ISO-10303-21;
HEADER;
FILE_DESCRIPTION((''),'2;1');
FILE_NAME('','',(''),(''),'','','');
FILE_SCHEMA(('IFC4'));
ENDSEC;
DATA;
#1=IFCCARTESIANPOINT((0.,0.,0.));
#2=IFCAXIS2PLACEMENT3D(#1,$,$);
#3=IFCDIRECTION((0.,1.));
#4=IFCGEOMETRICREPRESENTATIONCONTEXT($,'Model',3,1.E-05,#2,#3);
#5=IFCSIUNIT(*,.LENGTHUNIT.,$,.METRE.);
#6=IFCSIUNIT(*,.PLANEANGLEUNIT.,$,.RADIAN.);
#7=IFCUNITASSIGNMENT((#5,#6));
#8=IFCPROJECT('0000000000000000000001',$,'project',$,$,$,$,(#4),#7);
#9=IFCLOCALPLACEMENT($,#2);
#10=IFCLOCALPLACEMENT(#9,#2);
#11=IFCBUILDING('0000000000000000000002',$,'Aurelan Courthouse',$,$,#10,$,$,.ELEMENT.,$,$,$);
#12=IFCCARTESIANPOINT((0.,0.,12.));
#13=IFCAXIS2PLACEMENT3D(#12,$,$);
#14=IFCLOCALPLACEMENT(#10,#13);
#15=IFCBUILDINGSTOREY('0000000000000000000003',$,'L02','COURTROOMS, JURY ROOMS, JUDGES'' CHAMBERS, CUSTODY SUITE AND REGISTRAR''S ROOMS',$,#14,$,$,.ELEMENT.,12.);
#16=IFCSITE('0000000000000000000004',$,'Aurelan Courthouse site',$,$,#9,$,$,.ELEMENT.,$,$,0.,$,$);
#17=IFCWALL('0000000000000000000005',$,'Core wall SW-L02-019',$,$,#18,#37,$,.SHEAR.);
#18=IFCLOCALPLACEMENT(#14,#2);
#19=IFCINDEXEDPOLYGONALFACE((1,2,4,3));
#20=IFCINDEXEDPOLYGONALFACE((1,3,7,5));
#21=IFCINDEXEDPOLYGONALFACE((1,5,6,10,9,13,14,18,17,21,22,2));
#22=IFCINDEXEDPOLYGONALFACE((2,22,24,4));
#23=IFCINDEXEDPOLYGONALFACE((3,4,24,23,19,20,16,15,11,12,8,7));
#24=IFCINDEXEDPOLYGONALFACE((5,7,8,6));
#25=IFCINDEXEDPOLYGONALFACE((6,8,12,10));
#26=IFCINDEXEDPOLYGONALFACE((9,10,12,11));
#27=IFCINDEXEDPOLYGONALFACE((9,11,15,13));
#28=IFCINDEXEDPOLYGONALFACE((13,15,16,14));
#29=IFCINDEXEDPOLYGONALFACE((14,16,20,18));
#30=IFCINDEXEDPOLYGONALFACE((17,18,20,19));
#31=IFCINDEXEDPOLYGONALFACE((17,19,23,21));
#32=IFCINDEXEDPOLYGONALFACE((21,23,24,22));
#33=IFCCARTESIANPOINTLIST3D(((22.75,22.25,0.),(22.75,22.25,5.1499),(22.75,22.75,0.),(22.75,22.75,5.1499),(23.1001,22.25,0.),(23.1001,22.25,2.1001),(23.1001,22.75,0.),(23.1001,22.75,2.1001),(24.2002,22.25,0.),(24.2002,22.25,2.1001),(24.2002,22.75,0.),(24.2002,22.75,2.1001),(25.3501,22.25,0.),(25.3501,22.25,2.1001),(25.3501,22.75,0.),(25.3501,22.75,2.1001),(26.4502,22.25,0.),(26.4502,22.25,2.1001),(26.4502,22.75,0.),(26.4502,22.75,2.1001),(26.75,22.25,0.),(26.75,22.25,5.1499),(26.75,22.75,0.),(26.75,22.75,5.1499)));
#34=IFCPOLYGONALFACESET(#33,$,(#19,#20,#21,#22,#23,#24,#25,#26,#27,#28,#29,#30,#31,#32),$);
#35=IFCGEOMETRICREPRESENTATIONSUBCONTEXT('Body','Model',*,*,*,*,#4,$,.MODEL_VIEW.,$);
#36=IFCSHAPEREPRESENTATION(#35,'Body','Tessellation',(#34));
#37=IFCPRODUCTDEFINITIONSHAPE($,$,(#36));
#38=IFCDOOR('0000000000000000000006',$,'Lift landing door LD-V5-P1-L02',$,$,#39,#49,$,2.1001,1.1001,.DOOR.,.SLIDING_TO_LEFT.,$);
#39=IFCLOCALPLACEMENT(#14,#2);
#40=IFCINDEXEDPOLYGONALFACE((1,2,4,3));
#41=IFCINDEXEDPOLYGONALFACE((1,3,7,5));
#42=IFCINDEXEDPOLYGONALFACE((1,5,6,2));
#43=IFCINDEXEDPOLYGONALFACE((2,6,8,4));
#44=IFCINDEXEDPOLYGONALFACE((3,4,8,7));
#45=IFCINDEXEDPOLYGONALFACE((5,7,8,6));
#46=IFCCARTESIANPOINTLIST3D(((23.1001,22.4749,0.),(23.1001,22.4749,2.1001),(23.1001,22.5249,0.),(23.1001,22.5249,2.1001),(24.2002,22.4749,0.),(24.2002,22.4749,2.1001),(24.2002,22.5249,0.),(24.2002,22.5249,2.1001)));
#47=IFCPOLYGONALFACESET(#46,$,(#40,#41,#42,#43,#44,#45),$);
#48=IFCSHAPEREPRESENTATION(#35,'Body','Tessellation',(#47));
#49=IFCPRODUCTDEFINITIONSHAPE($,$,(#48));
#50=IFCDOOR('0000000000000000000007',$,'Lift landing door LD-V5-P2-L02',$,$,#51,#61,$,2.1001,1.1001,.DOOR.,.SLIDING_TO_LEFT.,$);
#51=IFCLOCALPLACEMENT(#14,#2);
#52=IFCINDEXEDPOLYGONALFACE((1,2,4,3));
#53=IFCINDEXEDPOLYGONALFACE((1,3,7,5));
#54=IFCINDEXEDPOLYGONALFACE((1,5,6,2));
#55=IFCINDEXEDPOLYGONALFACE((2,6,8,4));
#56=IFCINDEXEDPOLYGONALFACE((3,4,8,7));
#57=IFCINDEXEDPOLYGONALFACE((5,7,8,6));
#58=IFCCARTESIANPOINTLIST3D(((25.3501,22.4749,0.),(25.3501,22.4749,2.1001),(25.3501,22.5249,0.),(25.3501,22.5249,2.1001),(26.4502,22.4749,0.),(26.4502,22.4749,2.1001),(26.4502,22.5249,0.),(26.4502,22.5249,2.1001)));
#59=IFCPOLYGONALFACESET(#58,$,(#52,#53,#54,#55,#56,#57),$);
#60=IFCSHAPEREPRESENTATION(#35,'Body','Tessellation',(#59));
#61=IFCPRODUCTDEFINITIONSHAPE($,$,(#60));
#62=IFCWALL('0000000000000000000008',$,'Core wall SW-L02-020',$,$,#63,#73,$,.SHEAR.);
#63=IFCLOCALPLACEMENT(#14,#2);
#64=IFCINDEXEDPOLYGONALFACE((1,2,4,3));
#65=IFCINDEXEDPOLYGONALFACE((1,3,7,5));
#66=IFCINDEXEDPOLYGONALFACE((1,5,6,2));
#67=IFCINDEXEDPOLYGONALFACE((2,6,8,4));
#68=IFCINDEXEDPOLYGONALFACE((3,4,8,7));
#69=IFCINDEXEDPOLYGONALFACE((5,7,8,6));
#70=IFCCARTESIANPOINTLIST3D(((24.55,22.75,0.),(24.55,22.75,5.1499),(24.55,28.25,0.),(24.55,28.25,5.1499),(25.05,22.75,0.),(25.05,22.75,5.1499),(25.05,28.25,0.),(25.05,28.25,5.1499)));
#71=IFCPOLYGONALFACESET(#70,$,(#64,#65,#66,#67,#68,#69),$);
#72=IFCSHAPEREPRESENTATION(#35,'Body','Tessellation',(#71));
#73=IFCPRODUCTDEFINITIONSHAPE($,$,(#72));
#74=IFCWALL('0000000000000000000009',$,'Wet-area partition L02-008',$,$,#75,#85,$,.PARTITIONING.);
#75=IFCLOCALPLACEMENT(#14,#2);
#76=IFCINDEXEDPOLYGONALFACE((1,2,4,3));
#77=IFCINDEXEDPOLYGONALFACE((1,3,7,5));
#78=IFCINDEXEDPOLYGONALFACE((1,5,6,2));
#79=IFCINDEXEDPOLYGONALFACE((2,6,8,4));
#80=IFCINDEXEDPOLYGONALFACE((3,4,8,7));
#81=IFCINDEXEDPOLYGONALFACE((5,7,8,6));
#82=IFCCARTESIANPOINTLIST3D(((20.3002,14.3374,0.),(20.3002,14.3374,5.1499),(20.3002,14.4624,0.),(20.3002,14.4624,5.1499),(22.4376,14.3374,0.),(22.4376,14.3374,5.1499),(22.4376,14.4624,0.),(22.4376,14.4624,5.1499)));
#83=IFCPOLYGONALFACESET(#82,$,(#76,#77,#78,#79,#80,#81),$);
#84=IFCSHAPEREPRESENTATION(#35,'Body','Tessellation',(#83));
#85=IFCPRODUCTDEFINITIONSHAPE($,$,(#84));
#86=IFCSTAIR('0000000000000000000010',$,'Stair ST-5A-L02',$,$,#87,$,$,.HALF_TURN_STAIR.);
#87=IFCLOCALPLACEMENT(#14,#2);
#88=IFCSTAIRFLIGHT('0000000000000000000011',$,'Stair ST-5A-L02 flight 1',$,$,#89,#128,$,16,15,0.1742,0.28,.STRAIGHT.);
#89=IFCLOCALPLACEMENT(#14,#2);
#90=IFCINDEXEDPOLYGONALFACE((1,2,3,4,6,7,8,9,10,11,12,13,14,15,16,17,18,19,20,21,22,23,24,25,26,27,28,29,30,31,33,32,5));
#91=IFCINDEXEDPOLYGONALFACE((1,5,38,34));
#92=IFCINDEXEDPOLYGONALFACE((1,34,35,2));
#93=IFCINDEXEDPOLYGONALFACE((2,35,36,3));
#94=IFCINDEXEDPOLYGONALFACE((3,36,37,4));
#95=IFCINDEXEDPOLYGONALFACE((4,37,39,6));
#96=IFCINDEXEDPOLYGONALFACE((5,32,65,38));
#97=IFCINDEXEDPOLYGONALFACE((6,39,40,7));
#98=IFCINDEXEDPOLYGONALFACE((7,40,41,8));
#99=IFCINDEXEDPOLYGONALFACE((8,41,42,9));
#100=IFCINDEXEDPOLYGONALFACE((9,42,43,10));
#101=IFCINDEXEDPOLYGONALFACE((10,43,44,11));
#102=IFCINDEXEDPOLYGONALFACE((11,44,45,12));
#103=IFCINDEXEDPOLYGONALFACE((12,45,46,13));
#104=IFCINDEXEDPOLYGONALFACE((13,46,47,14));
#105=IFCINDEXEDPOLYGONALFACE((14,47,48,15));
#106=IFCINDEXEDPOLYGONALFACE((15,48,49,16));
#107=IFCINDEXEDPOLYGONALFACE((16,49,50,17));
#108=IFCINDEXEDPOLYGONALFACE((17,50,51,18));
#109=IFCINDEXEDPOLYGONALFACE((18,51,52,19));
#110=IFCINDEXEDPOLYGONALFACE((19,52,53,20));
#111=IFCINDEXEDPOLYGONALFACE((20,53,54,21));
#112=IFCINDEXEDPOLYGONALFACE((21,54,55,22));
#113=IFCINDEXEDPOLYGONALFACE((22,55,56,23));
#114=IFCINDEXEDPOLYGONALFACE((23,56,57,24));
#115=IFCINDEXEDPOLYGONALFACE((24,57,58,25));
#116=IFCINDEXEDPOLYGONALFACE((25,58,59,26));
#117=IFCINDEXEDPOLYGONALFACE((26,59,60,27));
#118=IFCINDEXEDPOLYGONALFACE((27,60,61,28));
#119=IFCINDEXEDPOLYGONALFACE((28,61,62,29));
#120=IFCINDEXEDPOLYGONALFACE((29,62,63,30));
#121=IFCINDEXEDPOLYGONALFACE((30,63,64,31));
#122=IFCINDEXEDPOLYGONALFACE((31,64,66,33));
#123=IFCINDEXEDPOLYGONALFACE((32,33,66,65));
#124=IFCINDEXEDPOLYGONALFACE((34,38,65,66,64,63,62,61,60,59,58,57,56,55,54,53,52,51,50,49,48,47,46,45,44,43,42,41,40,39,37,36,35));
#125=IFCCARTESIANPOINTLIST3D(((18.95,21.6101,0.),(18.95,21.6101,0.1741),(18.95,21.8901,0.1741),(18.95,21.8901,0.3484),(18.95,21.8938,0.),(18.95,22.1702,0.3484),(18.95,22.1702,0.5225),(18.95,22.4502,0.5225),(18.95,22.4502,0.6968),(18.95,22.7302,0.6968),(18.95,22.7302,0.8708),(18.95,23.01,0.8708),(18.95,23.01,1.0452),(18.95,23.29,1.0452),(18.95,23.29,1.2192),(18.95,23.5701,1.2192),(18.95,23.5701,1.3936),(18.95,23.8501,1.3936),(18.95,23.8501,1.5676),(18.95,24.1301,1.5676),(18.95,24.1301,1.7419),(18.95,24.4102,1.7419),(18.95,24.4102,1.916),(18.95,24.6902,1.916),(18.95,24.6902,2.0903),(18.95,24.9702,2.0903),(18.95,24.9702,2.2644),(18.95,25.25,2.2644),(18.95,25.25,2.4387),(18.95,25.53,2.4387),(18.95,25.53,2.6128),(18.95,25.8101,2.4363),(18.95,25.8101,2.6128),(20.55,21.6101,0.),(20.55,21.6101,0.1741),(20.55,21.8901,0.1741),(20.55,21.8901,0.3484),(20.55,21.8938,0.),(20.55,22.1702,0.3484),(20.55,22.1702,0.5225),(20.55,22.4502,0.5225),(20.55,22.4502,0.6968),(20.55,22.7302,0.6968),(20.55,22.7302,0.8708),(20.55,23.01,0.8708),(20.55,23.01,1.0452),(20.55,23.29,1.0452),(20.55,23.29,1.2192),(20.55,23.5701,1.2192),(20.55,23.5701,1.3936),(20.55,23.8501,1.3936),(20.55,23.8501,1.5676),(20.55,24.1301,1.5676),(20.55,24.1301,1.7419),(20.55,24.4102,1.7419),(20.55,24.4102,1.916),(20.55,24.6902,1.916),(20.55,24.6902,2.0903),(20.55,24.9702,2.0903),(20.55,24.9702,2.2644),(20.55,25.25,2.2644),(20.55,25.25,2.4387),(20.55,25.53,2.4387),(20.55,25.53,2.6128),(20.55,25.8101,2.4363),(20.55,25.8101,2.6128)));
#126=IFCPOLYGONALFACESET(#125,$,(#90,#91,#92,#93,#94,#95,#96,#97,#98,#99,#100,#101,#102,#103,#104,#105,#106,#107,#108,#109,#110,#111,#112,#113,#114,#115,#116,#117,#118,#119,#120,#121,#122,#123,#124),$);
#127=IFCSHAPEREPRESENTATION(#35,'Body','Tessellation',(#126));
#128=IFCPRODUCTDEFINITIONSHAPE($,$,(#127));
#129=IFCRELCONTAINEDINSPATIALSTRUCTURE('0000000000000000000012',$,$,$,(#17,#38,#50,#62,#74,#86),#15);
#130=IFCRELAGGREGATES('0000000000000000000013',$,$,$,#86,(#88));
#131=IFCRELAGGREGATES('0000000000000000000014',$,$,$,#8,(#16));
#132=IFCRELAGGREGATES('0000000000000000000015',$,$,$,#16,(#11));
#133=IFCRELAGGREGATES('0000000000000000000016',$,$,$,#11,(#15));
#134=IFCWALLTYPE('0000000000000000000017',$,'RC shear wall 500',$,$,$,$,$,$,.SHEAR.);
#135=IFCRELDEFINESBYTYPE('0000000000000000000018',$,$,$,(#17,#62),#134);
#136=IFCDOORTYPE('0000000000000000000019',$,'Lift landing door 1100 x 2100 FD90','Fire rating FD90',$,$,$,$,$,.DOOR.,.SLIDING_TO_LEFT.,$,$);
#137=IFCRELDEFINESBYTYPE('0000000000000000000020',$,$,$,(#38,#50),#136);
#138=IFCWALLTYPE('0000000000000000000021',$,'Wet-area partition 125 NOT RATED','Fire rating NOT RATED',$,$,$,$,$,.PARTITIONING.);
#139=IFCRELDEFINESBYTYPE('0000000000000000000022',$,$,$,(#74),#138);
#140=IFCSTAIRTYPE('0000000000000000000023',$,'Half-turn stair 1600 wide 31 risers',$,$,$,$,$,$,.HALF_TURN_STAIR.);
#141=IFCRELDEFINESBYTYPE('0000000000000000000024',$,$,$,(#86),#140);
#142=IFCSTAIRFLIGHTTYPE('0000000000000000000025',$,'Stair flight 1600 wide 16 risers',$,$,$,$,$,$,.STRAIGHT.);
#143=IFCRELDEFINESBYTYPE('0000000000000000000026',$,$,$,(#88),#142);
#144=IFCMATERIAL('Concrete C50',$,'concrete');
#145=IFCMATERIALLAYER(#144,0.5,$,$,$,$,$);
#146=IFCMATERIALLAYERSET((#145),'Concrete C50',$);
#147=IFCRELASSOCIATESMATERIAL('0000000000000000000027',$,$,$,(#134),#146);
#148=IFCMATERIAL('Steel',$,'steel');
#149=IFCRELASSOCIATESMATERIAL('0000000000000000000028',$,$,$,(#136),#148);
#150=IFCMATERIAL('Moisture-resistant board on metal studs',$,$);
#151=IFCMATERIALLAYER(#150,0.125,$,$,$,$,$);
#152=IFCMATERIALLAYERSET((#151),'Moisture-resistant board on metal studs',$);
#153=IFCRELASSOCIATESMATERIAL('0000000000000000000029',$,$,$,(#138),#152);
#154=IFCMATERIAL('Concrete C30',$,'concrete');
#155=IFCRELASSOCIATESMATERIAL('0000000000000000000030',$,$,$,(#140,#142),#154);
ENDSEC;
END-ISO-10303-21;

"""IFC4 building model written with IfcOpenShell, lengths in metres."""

from ifc_helpers import new_model, si_unit, direction, frame, frame_2d, origin, place, context, subcontext, project, spatial, polyline, rectangle, outline, extrude, material, layer, layer_set, type_object, element, fill, aggregate, save


model = new_model("IFC4")

# Units and contexts
model_context = context("Model", 3, precision=1e-05, world=origin(), true_north=direction((0.0, 1.0)))
body_context = subcontext(model_context, "Body", "Model", "MODEL_VIEW")
ifc_project = project(units=[si_unit("LENGTHUNIT", "METRE"), si_unit("PLANEANGLEUNIT", "RADIAN")], contexts=[model_context])

# Site, building, storey
site_placement = place(None, origin())
site = spatial("IfcSite", under=ifc_project, at=site_placement, Name="Aurelan Courthouse site", CompositionType="ELEMENT", RefElevation=0.0)
building_placement = place(site_placement, origin())
building = spatial("IfcBuilding", under=site, at=building_placement, Name="Aurelan Courthouse", CompositionType="ELEMENT")
storey_placement = place(building_placement, frame((0.0, 0.0, 12.0)))
storey = spatial("IfcBuildingStorey", under=building, at=storey_placement, Name="L02", Description="COURTROOMS, JURY ROOMS, JUDGES' CHAMBERS, CUSTODY SUITE AND REGISTRAR'S ROOMS", CompositionType="ELEMENT", Elevation=12.0)

# Shared definitions
ifc_material_1 = material(Name="Concrete C50", Category="concrete")

# Shared definitions
ifc_layer_1 = layer(ifc_material_1, 0.5)
ifc_layer_set_1 = layer_set([ifc_layer_1], Name="Concrete C50")
wall_type_1 = type_object("IfcWallType", Name="RC shear wall 500", PredefinedType="SHEAR", material=ifc_layer_set_1)

# Wall, openings, doors
wall_1_placement = place(storey_placement, frame((22.75, 22.5, 0.0), z_axis=(0.0, 0.0, 1.0), x_axis=(1.0, 0.0, 0.0)))
wall_1 = element("IfcWall", 1, at=wall_1_placement, inside=storey, type_object=wall_type_1, Name="Core wall SW-L02-019", PredefinedType="SHEAR", context=body_context, shape_type="SweptSolid", body=[
    extrude(rectangle(XDim=4.0, YDim=0.5, at=frame_2d((2.0, 0.0))), origin(), (0.0, 0.0, 1.0), 5.1499),
])
opening_1_placement = place(wall_1_placement, frame((0.3501, 0.0, 0.0)))
opening_1 = element("IfcOpeningElement", 2, at=opening_1_placement, cuts=wall_1, PredefinedType="OPENING", context=body_context, shape_type="SweptSolid", body=[
    extrude(rectangle(XDim=1.1001, YDim=2.1001, at=frame_2d((0.55, 1.05))), frame((0.0, 0.26, 0.0), z_axis=(0.0, -1.0, 0.0), x_axis=(1.0, 0.0, 0.0)), (0.0, 0.0, 1.0), 0.52),
])
opening_2_placement = place(wall_1_placement, frame((2.6001, 0.0, 0.0)))
opening_2 = element("IfcOpeningElement", 3, at=opening_2_placement, cuts=wall_1, PredefinedType="OPENING", context=body_context, shape_type="SweptSolid", body=[
    extrude(rectangle(XDim=1.1001, YDim=2.1001, at=frame_2d((0.55, 1.05))), frame((0.0, 0.26, 0.0), z_axis=(0.0, -1.0, 0.0), x_axis=(1.0, 0.0, 0.0)), (0.0, 0.0, 1.0), 0.52),
])
ifc_material_2 = material(Name="Steel", Category="steel")
door_type = type_object("IfcDoorType", Name="Lift landing door 1100 x 2100 FD90", Description="Fire rating FD90", OperationType="SLIDING_TO_LEFT", PredefinedType="DOOR", material=ifc_material_2)
door_1_placement = place(opening_1_placement, origin())
door_1 = element("IfcDoor", 4, at=door_1_placement, inside=storey, type_object=door_type, Name="Lift landing door LD-V5-P1-L02", OperationType="SLIDING_TO_LEFT", OverallHeight=2.1001, OverallWidth=1.1001, PredefinedType="DOOR", context=body_context, shape_type="SweptSolid", body=[
    extrude(rectangle(XDim=1.1001, YDim=2.1001, at=frame_2d((0.55, 1.05))), frame((0.0, 0.0249, 0.0), z_axis=(0.0, -1.0, 0.0), x_axis=(1.0, 0.0, 0.0)), (0.0, 0.0, 1.0), 0.05),
])
fill(opening_1, door_1)
door_2_placement = place(opening_2_placement, origin())
door_2 = element("IfcDoor", 5, at=door_2_placement, inside=storey, type_object=door_type, Name="Lift landing door LD-V5-P2-L02", OperationType="SLIDING_TO_LEFT", OverallHeight=2.1001, OverallWidth=1.1001, PredefinedType="DOOR", context=body_context, shape_type="SweptSolid", body=[
    extrude(rectangle(XDim=1.1001, YDim=2.1001, at=frame_2d((0.55, 1.05))), frame((0.0, 0.0249, 0.0), z_axis=(0.0, -1.0, 0.0), x_axis=(1.0, 0.0, 0.0)), (0.0, 0.0, 1.0), 0.05),
])
fill(opening_2, door_2)

# Walls
wall_2_placement = place(storey_placement, frame((24.8, 22.75, 0.0), z_axis=(0.0, 0.0, 1.0), x_axis=(0.0, 1.0, 0.0)))
element("IfcWall", 6, at=wall_2_placement, inside=storey, type_object=wall_type_1, Name="Core wall SW-L02-020", PredefinedType="SHEAR", context=body_context, shape_type="SweptSolid", body=[
    extrude(rectangle(XDim=5.5, YDim=0.5, at=frame_2d((2.75, 0.0))), origin(), (0.0, 0.0, 1.0), 5.1499),
])
ifc_material_3 = material(Name="Moisture-resistant board on metal studs")
ifc_layer_2 = layer(ifc_material_3, 0.125)
ifc_layer_set_2 = layer_set([ifc_layer_2], Name="Moisture-resistant board on metal studs")
wall_type_2 = type_object("IfcWallType", Name="Wet-area partition 125 NOT RATED", Description="Fire rating NOT RATED", PredefinedType="PARTITIONING", material=ifc_layer_set_2)
wall_3_placement = place(storey_placement, frame((20.3, 14.3999, 0.0), z_axis=(0.0, 0.0, 1.0), x_axis=(1.0, 0.0, 0.0)))
element("IfcWall", 7, at=wall_3_placement, inside=storey, type_object=wall_type_2, Name="Wet-area partition L02-008", PredefinedType="PARTITIONING", context=body_context, shape_type="SweptSolid", body=[
    extrude(rectangle(XDim=2.1375, YDim=0.125, at=frame_2d((1.0688, 0.0))), origin(), (0.0, 0.0, 1.0), 5.1499),
])

# Stair, stair flight
ifc_material_4 = material(Name="Concrete C30", Category="concrete")
stair_type = type_object("IfcStairType", Name="Half-turn stair 1600 wide 31 risers", PredefinedType="HALF_TURN_STAIR", material=ifc_material_4)
stair_placement = place(storey_placement, origin())
stair = element("IfcStair", 8, at=stair_placement, inside=storey, type_object=stair_type, Name="Stair ST-5A-L02", PredefinedType="HALF_TURN_STAIR")
stair_flight_type = type_object("IfcStairFlightType", Name="Stair flight 1600 wide 16 risers", PredefinedType="STRAIGHT", material=ifc_material_4)
stair_flight_placement = place(storey_placement, frame((19.75, 21.6101, 0.0), z_axis=(0.0, 0.0, 1.0), x_axis=(0.0, 1.0, 0.0)))
stair_flight = element("IfcStairFlight", 9, at=stair_flight_placement, type_object=stair_flight_type, Name="Stair ST-5A-L02 flight 1", NumberOfRisers=16, NumberOfTreads=15, PredefinedType="STRAIGHT", RiserHeight=0.1742, TreadLength=0.28, context=body_context, shape_type="SweptSolid", body=[
    extrude(outline(polyline([(0.0, 0.0), (0.0, 0.1741), (0.28, 0.1741), (0.28, 0.3484), (0.5601, 0.3484), (0.5601, 0.5225), (0.8401, 0.5225), (0.8401, 0.6968), (1.1201, 0.6968), (1.1201, 0.8708), (1.3999, 0.8708), (1.3999, 1.0452), (1.6799, 1.0452), (1.6799, 1.2192), (1.96, 1.2192), (1.96, 1.3936), (2.24, 1.3936), (2.24, 1.5676), (2.52, 1.5676), (2.52, 1.7419), (2.8, 1.7419), (2.8, 1.916), (3.0801, 1.916), (3.0801, 2.0903), (3.3601, 2.0903), (3.3601, 2.2644), (3.6399, 2.2644), (3.6399, 2.4387), (3.9199, 2.4387), (3.9199, 2.6128), (4.2, 2.6128), (4.2, 2.7871), (4.2, 2.4363), (0.2837, 0.0), (0.0, 0.0)])), frame((0.0, 0.8, 0.0), z_axis=(0.0, -1.0, 0.0), x_axis=(1.0, 0.0, 0.0)), (0.0, 0.0, 1.0), 1.6001),
])
aggregate(stair, [stair_flight])

save(model, "model.ifc")
